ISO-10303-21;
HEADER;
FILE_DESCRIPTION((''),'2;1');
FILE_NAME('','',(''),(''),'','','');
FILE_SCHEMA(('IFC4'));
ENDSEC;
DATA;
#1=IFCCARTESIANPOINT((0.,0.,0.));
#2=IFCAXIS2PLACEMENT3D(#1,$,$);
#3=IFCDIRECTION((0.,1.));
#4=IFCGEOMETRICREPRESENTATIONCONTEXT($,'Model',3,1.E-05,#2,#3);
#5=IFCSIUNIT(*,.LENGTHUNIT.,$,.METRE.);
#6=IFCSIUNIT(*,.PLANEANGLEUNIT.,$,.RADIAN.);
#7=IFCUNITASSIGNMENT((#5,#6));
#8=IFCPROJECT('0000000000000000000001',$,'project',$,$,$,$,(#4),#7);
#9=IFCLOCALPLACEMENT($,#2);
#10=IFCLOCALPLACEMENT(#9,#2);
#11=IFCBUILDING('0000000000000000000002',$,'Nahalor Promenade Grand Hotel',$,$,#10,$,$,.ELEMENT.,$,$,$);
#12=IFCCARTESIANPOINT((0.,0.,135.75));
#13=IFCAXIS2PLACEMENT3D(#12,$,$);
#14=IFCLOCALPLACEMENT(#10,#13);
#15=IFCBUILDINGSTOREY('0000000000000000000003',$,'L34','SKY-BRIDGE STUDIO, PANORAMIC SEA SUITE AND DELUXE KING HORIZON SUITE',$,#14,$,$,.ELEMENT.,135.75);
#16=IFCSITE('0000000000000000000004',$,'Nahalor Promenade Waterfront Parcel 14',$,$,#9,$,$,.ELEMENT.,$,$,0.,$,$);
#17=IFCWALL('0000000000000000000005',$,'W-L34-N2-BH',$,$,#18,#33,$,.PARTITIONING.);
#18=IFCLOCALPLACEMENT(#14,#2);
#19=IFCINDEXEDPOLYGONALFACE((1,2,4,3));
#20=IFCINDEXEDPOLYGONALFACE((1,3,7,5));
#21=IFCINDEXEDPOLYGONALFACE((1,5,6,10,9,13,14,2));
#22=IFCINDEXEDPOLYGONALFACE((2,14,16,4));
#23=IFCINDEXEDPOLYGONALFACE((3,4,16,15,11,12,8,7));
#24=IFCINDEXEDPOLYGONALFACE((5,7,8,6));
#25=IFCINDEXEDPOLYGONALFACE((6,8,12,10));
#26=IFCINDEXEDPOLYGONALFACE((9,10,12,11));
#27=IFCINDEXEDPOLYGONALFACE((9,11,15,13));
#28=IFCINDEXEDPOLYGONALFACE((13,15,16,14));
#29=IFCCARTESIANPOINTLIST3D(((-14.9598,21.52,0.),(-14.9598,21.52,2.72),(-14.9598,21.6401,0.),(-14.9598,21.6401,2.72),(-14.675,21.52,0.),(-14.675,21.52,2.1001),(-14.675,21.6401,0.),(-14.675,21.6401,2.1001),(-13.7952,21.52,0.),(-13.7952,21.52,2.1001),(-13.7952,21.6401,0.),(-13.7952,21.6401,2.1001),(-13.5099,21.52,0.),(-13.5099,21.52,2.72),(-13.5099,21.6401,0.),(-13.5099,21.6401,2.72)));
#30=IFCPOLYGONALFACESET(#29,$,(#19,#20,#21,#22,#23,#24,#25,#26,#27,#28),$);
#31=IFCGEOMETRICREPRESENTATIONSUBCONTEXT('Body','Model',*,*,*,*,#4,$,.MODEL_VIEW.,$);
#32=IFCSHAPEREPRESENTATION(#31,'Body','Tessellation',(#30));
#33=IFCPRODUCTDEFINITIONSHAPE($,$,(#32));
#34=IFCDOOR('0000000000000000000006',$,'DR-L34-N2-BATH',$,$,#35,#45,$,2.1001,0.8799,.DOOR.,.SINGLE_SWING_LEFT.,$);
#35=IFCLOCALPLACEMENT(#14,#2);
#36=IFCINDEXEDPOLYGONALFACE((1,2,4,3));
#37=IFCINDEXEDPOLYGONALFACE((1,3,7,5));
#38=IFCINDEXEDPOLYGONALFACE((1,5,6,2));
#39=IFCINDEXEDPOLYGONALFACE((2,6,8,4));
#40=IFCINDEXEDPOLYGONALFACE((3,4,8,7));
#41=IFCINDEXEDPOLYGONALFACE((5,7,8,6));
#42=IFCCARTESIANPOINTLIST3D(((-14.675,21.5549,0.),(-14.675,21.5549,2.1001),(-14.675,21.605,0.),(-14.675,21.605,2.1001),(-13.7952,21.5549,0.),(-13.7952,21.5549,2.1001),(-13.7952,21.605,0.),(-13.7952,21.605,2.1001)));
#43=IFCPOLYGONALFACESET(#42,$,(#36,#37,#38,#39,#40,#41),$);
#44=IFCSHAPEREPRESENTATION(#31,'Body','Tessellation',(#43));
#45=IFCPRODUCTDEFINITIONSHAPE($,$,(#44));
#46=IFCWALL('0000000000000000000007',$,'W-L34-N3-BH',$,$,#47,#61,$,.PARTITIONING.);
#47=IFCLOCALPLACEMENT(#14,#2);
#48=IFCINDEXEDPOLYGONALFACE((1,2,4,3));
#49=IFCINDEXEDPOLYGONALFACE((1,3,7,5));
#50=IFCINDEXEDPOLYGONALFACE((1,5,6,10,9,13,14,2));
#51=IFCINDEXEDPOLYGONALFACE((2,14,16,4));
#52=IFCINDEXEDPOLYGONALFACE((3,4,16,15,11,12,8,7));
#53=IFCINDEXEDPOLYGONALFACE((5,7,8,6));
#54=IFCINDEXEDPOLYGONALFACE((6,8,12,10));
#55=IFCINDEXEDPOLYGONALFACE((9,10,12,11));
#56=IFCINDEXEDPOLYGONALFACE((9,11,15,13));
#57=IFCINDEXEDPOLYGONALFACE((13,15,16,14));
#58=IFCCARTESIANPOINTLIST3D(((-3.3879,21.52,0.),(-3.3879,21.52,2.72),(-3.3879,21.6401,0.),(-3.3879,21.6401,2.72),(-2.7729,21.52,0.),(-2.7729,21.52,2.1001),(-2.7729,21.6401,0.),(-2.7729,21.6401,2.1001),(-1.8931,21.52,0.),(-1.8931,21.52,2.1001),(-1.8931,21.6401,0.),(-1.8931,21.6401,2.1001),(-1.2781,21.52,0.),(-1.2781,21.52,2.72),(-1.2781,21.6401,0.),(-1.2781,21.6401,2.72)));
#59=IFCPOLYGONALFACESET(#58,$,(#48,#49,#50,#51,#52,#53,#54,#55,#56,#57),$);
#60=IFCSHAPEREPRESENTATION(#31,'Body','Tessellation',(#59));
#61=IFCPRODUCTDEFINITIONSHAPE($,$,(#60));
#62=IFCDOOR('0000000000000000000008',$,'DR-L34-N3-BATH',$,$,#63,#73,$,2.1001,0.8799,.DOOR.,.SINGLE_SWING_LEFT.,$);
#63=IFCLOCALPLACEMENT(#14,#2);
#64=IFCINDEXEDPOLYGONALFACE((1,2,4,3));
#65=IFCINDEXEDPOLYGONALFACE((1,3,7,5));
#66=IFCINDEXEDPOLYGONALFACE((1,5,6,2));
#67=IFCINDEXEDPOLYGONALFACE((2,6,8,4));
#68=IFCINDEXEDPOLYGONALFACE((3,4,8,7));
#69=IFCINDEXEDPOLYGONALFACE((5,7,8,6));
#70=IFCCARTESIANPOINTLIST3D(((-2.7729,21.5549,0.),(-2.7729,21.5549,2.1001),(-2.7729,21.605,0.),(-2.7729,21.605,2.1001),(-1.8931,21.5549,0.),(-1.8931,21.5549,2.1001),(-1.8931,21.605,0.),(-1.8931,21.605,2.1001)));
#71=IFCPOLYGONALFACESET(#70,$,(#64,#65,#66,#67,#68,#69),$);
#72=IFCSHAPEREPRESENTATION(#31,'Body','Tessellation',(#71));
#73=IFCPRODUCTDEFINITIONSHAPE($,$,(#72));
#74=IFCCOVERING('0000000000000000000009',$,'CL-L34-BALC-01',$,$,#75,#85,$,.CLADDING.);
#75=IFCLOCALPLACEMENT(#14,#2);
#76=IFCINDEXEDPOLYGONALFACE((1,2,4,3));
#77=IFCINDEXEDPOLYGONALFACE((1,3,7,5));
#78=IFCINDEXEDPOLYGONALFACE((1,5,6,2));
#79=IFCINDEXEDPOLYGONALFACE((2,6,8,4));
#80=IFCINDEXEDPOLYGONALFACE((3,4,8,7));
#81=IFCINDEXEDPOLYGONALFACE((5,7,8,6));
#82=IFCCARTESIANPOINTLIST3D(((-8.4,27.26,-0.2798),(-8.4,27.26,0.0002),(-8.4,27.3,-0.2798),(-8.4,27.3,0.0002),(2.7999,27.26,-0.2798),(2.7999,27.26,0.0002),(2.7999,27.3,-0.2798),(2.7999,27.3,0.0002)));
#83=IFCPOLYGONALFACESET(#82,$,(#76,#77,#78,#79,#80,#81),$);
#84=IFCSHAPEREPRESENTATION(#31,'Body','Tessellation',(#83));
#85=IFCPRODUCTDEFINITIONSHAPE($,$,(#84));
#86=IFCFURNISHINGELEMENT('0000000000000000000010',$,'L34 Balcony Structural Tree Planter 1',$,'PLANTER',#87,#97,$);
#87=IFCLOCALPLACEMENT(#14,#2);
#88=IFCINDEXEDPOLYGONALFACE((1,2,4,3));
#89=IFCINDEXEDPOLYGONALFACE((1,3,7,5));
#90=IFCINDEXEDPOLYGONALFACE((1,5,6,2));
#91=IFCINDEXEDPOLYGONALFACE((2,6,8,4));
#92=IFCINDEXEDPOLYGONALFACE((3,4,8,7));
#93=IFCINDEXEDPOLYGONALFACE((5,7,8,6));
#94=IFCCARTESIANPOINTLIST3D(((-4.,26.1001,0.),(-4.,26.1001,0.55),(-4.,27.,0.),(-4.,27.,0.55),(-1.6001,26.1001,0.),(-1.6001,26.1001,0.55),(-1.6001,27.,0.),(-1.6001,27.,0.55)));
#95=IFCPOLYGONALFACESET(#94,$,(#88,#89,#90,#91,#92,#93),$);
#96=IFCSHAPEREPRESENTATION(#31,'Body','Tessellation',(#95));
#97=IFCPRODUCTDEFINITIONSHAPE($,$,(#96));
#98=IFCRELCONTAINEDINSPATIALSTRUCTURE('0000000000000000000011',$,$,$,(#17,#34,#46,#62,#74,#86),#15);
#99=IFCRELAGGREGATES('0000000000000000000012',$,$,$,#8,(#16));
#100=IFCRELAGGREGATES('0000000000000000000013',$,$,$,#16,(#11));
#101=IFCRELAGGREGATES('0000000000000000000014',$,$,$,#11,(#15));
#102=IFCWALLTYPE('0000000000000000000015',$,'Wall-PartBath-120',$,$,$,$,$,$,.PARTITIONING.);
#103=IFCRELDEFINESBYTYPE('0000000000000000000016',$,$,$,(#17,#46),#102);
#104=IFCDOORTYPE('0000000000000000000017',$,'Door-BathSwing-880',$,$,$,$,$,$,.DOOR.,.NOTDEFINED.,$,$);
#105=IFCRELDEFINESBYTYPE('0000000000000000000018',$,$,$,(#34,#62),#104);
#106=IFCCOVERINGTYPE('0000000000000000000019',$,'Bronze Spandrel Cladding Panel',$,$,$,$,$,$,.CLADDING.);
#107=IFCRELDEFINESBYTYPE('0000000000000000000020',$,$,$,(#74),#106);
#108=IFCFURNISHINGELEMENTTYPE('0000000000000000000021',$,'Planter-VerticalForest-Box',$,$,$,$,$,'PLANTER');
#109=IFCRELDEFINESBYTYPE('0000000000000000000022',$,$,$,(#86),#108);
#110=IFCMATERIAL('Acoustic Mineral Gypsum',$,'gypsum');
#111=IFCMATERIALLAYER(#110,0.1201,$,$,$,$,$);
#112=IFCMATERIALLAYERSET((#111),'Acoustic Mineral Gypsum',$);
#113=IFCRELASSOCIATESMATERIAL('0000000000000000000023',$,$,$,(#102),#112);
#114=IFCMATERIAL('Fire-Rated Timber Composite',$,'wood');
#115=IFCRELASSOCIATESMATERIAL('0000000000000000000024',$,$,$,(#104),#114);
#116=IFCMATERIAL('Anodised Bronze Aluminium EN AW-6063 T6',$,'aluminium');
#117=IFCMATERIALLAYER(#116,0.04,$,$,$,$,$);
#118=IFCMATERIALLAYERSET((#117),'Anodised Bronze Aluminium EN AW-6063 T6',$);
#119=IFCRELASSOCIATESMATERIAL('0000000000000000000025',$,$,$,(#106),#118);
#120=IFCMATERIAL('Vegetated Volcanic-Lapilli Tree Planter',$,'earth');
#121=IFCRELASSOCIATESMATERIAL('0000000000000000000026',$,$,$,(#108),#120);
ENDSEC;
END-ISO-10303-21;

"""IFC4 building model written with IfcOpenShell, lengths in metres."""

from ifc_helpers import new_model, si_unit, direction, frame, frame_2d, origin, origin_2d, place, context, subcontext, project, spatial, rectangle, extrude, source, transform, mapped, material, layer, layer_set, type_object, element, fill, save


model = new_model("IFC4")

# Units and contexts
model_context = context("Model", 3, precision=1e-05, world=origin(), true_north=direction((0.0, 1.0)))
body_context = subcontext(model_context, "Body", "Model", "MODEL_VIEW")
ifc_project = project(units=[si_unit("LENGTHUNIT", "METRE"), si_unit("PLANEANGLEUNIT", "RADIAN")], contexts=[model_context])

# Site, building, storey
site_placement = place(None, origin())
site = spatial("IfcSite", under=ifc_project, at=site_placement, Name="Nahalor Promenade Waterfront Parcel 14", CompositionType="ELEMENT", RefElevation=0.0)
building_placement = place(site_placement, origin())
building = spatial("IfcBuilding", under=site, at=building_placement, Name="Nahalor Promenade Grand Hotel", CompositionType="ELEMENT")
storey_placement = place(building_placement, frame((0.0, 0.0, 135.75)))
storey = spatial("IfcBuildingStorey", under=building, at=storey_placement, Name="L34", Description="SKY-BRIDGE STUDIO, PANORAMIC SEA SUITE AND DELUXE KING HORIZON SUITE", CompositionType="ELEMENT", Elevation=135.75)

# Shared definitions
ifc_material_1 = material(Name="Anodised Bronze Aluminium EN AW-6063 T6", Category="aluminium")

# Shared definitions
ifc_material_2 = material(Name="Acoustic Mineral Gypsum", Category="gypsum")
ifc_layer_1 = layer(ifc_material_2, 0.1201)
ifc_layer_set_1 = layer_set([ifc_layer_1], Name="Acoustic Mineral Gypsum")
wall_type_1 = type_object("IfcWallType", Name="Wall-PartBath-120", PredefinedType="PARTITIONING", material=ifc_layer_set_1)
ifc_material_3 = material(Name="Fire-Rated Timber Composite", Category="wood")
door_type_1 = type_object("IfcDoorType", Name="Door-BathSwing-880", OperationType="NOTDEFINED", PredefinedType="DOOR", material=ifc_material_3)
shared_shape_1 = source(origin(), body_context, "Body", "SweptSolid", [
    extrude(rectangle(XDim=0.8799, YDim=2.1001, at=frame_2d((0.4399, 1.05))), frame((0.0, 0.0249, 0.0), z_axis=(0.0, -1.0, 0.0), x_axis=(1.0, 0.0, 0.0)), (0.0, 0.0, 1.0), 0.05),
])

# Walls, openings, doors
shared_shape_2 = source(origin(), body_context, "Body", "SweptSolid", [
    extrude(rectangle(XDim=1.45, YDim=0.1201, at=frame_2d((0.7251, 0.0))), origin(), (0.0, 0.0, 1.0), 2.72),
])
wall_1_placement = place(storey_placement, frame((-14.96, 21.5801, 0.0), z_axis=(0.0, 0.0, 1.0), x_axis=(1.0, 0.0, 0.0)))
wall_1 = element("IfcWall", 1, at=wall_1_placement, inside=storey, type_object=wall_type_1, Name="W-L34-N2-BH", PredefinedType="PARTITIONING", context=body_context, shape_type="MappedRepresentation", body=[
    mapped(shared_shape_2, transform((0.0, 0.0, 0.0), scale=1.0)),
])
opening_1_placement = place(wall_1_placement, frame((0.2849, 0.0, 0.0)))
opening_1 = element("IfcOpeningElement", 2, at=opening_1_placement, cuts=wall_1, PredefinedType="OPENING", context=body_context, shape_type="SweptSolid", body=[
    extrude(rectangle(XDim=0.8799, YDim=2.1001, at=frame_2d((0.4399, 1.05))), frame((0.0, 0.0701, 0.0), z_axis=(0.0, -1.0, 0.0), x_axis=(1.0, 0.0, 0.0)), (0.0, 0.0, 1.0), 0.1401),
])
door_1_placement = place(opening_1_placement, origin())
door_1 = element("IfcDoor", 3, at=door_1_placement, inside=storey, type_object=door_type_1, Name="DR-L34-N2-BATH", OperationType="SINGLE_SWING_LEFT", OverallHeight=2.1001, OverallWidth=0.8799, PredefinedType="DOOR", context=body_context, shape_type="MappedRepresentation", body=[
    mapped(shared_shape_1, transform((0.0, 0.0, 0.0), scale=1.0)),
])
fill(opening_1, door_1)
shared_shape_3 = source(origin(), body_context, "Body", "SweptSolid", [
    extrude(rectangle(XDim=2.1099, YDim=0.1201, at=frame_2d((1.0549, 0.0))), origin(), (0.0, 0.0, 1.0), 2.72),
])
wall_2_placement = place(storey_placement, frame((-3.3879, 21.5801, 0.0), z_axis=(0.0, 0.0, 1.0), x_axis=(1.0, 0.0, 0.0)))
wall_2 = element("IfcWall", 4, at=wall_2_placement, inside=storey, type_object=wall_type_1, Name="W-L34-N3-BH", PredefinedType="PARTITIONING", context=body_context, shape_type="MappedRepresentation", body=[
    mapped(shared_shape_3, transform((0.0, 0.0, 0.0), scale=1.0)),
])
opening_2_placement = place(wall_2_placement, frame((0.615, 0.0, 0.0)))
opening_2 = element("IfcOpeningElement", 5, at=opening_2_placement, cuts=wall_2, PredefinedType="OPENING", context=body_context, shape_type="SweptSolid", body=[
    extrude(rectangle(XDim=0.8799, YDim=2.1001, at=frame_2d((0.4399, 1.05))), frame((0.0, 0.0701, 0.0), z_axis=(0.0, -1.0, 0.0), x_axis=(1.0, 0.0, 0.0)), (0.0, 0.0, 1.0), 0.1401),
])
door_2_placement = place(opening_2_placement, origin())
door_2 = element("IfcDoor", 6, at=door_2_placement, inside=storey, type_object=door_type_1, Name="DR-L34-N3-BATH", OperationType="SINGLE_SWING_LEFT", OverallHeight=2.1001, OverallWidth=0.8799, PredefinedType="DOOR", context=body_context, shape_type="MappedRepresentation", body=[
    mapped(shared_shape_1, transform((0.0, 0.0, 0.0), scale=1.0)),
])
fill(opening_2, door_2)

# Covering
ifc_layer_2 = layer(ifc_material_1, 0.04)
ifc_layer_set_2 = layer_set([ifc_layer_2], Name="Anodised Bronze Aluminium EN AW-6063 T6")
covering_type = type_object("IfcCoveringType", Name="Bronze Spandrel Cladding Panel", PredefinedType="CLADDING", material=ifc_layer_set_2)
shared_shape_4 = source(origin(), body_context, "Body", "SweptSolid", [
    extrude(rectangle(XDim=11.2, YDim=0.04, at=origin_2d()), origin(), (0.0, 0.0, 1.0), 0.28),
])
covering_placement = place(storey_placement, frame((-2.8, 27.28, -0.2798), z_axis=(0.0, 0.0, 1.0), x_axis=(1.0, 0.0, 0.0)))
element("IfcCovering", 7, at=covering_placement, inside=storey, type_object=covering_type, Name="CL-L34-BALC-01", PredefinedType="CLADDING", context=body_context, shape_type="MappedRepresentation", body=[
    mapped(shared_shape_4, transform((0.0, 0.0, 0.0), scale=1.0)),
])

# Furnishing element
ifc_material_4 = material(Name="Vegetated Volcanic-Lapilli Tree Planter", Category="earth")
furnishing_element_type = type_object("IfcFurnishingElementType", Name="Planter-VerticalForest-Box", ElementType="PLANTER", material=ifc_material_4)
shared_shape_5 = source(origin(), body_context, "Body", "SweptSolid", [
    extrude(rectangle(XDim=2.3999, YDim=0.8999, at=origin_2d()), origin(), (0.0, 0.0, 1.0), 0.55),
])
furnishing_placement = place(storey_placement, frame((-2.8, 26.55, 0.0), z_axis=(0.0, 0.0, 1.0), x_axis=(1.0, 0.0, 0.0)))
element("IfcFurnishingElement", 8, at=furnishing_placement, inside=storey, type_object=furnishing_element_type, Name="L34 Balcony Structural Tree Planter 1", ObjectType="PLANTER", context=body_context, shape_type="MappedRepresentation", body=[
    mapped(shared_shape_5, transform((0.0, 0.0, 0.0), scale=1.0)),
])

save(model, "model.ifc")
